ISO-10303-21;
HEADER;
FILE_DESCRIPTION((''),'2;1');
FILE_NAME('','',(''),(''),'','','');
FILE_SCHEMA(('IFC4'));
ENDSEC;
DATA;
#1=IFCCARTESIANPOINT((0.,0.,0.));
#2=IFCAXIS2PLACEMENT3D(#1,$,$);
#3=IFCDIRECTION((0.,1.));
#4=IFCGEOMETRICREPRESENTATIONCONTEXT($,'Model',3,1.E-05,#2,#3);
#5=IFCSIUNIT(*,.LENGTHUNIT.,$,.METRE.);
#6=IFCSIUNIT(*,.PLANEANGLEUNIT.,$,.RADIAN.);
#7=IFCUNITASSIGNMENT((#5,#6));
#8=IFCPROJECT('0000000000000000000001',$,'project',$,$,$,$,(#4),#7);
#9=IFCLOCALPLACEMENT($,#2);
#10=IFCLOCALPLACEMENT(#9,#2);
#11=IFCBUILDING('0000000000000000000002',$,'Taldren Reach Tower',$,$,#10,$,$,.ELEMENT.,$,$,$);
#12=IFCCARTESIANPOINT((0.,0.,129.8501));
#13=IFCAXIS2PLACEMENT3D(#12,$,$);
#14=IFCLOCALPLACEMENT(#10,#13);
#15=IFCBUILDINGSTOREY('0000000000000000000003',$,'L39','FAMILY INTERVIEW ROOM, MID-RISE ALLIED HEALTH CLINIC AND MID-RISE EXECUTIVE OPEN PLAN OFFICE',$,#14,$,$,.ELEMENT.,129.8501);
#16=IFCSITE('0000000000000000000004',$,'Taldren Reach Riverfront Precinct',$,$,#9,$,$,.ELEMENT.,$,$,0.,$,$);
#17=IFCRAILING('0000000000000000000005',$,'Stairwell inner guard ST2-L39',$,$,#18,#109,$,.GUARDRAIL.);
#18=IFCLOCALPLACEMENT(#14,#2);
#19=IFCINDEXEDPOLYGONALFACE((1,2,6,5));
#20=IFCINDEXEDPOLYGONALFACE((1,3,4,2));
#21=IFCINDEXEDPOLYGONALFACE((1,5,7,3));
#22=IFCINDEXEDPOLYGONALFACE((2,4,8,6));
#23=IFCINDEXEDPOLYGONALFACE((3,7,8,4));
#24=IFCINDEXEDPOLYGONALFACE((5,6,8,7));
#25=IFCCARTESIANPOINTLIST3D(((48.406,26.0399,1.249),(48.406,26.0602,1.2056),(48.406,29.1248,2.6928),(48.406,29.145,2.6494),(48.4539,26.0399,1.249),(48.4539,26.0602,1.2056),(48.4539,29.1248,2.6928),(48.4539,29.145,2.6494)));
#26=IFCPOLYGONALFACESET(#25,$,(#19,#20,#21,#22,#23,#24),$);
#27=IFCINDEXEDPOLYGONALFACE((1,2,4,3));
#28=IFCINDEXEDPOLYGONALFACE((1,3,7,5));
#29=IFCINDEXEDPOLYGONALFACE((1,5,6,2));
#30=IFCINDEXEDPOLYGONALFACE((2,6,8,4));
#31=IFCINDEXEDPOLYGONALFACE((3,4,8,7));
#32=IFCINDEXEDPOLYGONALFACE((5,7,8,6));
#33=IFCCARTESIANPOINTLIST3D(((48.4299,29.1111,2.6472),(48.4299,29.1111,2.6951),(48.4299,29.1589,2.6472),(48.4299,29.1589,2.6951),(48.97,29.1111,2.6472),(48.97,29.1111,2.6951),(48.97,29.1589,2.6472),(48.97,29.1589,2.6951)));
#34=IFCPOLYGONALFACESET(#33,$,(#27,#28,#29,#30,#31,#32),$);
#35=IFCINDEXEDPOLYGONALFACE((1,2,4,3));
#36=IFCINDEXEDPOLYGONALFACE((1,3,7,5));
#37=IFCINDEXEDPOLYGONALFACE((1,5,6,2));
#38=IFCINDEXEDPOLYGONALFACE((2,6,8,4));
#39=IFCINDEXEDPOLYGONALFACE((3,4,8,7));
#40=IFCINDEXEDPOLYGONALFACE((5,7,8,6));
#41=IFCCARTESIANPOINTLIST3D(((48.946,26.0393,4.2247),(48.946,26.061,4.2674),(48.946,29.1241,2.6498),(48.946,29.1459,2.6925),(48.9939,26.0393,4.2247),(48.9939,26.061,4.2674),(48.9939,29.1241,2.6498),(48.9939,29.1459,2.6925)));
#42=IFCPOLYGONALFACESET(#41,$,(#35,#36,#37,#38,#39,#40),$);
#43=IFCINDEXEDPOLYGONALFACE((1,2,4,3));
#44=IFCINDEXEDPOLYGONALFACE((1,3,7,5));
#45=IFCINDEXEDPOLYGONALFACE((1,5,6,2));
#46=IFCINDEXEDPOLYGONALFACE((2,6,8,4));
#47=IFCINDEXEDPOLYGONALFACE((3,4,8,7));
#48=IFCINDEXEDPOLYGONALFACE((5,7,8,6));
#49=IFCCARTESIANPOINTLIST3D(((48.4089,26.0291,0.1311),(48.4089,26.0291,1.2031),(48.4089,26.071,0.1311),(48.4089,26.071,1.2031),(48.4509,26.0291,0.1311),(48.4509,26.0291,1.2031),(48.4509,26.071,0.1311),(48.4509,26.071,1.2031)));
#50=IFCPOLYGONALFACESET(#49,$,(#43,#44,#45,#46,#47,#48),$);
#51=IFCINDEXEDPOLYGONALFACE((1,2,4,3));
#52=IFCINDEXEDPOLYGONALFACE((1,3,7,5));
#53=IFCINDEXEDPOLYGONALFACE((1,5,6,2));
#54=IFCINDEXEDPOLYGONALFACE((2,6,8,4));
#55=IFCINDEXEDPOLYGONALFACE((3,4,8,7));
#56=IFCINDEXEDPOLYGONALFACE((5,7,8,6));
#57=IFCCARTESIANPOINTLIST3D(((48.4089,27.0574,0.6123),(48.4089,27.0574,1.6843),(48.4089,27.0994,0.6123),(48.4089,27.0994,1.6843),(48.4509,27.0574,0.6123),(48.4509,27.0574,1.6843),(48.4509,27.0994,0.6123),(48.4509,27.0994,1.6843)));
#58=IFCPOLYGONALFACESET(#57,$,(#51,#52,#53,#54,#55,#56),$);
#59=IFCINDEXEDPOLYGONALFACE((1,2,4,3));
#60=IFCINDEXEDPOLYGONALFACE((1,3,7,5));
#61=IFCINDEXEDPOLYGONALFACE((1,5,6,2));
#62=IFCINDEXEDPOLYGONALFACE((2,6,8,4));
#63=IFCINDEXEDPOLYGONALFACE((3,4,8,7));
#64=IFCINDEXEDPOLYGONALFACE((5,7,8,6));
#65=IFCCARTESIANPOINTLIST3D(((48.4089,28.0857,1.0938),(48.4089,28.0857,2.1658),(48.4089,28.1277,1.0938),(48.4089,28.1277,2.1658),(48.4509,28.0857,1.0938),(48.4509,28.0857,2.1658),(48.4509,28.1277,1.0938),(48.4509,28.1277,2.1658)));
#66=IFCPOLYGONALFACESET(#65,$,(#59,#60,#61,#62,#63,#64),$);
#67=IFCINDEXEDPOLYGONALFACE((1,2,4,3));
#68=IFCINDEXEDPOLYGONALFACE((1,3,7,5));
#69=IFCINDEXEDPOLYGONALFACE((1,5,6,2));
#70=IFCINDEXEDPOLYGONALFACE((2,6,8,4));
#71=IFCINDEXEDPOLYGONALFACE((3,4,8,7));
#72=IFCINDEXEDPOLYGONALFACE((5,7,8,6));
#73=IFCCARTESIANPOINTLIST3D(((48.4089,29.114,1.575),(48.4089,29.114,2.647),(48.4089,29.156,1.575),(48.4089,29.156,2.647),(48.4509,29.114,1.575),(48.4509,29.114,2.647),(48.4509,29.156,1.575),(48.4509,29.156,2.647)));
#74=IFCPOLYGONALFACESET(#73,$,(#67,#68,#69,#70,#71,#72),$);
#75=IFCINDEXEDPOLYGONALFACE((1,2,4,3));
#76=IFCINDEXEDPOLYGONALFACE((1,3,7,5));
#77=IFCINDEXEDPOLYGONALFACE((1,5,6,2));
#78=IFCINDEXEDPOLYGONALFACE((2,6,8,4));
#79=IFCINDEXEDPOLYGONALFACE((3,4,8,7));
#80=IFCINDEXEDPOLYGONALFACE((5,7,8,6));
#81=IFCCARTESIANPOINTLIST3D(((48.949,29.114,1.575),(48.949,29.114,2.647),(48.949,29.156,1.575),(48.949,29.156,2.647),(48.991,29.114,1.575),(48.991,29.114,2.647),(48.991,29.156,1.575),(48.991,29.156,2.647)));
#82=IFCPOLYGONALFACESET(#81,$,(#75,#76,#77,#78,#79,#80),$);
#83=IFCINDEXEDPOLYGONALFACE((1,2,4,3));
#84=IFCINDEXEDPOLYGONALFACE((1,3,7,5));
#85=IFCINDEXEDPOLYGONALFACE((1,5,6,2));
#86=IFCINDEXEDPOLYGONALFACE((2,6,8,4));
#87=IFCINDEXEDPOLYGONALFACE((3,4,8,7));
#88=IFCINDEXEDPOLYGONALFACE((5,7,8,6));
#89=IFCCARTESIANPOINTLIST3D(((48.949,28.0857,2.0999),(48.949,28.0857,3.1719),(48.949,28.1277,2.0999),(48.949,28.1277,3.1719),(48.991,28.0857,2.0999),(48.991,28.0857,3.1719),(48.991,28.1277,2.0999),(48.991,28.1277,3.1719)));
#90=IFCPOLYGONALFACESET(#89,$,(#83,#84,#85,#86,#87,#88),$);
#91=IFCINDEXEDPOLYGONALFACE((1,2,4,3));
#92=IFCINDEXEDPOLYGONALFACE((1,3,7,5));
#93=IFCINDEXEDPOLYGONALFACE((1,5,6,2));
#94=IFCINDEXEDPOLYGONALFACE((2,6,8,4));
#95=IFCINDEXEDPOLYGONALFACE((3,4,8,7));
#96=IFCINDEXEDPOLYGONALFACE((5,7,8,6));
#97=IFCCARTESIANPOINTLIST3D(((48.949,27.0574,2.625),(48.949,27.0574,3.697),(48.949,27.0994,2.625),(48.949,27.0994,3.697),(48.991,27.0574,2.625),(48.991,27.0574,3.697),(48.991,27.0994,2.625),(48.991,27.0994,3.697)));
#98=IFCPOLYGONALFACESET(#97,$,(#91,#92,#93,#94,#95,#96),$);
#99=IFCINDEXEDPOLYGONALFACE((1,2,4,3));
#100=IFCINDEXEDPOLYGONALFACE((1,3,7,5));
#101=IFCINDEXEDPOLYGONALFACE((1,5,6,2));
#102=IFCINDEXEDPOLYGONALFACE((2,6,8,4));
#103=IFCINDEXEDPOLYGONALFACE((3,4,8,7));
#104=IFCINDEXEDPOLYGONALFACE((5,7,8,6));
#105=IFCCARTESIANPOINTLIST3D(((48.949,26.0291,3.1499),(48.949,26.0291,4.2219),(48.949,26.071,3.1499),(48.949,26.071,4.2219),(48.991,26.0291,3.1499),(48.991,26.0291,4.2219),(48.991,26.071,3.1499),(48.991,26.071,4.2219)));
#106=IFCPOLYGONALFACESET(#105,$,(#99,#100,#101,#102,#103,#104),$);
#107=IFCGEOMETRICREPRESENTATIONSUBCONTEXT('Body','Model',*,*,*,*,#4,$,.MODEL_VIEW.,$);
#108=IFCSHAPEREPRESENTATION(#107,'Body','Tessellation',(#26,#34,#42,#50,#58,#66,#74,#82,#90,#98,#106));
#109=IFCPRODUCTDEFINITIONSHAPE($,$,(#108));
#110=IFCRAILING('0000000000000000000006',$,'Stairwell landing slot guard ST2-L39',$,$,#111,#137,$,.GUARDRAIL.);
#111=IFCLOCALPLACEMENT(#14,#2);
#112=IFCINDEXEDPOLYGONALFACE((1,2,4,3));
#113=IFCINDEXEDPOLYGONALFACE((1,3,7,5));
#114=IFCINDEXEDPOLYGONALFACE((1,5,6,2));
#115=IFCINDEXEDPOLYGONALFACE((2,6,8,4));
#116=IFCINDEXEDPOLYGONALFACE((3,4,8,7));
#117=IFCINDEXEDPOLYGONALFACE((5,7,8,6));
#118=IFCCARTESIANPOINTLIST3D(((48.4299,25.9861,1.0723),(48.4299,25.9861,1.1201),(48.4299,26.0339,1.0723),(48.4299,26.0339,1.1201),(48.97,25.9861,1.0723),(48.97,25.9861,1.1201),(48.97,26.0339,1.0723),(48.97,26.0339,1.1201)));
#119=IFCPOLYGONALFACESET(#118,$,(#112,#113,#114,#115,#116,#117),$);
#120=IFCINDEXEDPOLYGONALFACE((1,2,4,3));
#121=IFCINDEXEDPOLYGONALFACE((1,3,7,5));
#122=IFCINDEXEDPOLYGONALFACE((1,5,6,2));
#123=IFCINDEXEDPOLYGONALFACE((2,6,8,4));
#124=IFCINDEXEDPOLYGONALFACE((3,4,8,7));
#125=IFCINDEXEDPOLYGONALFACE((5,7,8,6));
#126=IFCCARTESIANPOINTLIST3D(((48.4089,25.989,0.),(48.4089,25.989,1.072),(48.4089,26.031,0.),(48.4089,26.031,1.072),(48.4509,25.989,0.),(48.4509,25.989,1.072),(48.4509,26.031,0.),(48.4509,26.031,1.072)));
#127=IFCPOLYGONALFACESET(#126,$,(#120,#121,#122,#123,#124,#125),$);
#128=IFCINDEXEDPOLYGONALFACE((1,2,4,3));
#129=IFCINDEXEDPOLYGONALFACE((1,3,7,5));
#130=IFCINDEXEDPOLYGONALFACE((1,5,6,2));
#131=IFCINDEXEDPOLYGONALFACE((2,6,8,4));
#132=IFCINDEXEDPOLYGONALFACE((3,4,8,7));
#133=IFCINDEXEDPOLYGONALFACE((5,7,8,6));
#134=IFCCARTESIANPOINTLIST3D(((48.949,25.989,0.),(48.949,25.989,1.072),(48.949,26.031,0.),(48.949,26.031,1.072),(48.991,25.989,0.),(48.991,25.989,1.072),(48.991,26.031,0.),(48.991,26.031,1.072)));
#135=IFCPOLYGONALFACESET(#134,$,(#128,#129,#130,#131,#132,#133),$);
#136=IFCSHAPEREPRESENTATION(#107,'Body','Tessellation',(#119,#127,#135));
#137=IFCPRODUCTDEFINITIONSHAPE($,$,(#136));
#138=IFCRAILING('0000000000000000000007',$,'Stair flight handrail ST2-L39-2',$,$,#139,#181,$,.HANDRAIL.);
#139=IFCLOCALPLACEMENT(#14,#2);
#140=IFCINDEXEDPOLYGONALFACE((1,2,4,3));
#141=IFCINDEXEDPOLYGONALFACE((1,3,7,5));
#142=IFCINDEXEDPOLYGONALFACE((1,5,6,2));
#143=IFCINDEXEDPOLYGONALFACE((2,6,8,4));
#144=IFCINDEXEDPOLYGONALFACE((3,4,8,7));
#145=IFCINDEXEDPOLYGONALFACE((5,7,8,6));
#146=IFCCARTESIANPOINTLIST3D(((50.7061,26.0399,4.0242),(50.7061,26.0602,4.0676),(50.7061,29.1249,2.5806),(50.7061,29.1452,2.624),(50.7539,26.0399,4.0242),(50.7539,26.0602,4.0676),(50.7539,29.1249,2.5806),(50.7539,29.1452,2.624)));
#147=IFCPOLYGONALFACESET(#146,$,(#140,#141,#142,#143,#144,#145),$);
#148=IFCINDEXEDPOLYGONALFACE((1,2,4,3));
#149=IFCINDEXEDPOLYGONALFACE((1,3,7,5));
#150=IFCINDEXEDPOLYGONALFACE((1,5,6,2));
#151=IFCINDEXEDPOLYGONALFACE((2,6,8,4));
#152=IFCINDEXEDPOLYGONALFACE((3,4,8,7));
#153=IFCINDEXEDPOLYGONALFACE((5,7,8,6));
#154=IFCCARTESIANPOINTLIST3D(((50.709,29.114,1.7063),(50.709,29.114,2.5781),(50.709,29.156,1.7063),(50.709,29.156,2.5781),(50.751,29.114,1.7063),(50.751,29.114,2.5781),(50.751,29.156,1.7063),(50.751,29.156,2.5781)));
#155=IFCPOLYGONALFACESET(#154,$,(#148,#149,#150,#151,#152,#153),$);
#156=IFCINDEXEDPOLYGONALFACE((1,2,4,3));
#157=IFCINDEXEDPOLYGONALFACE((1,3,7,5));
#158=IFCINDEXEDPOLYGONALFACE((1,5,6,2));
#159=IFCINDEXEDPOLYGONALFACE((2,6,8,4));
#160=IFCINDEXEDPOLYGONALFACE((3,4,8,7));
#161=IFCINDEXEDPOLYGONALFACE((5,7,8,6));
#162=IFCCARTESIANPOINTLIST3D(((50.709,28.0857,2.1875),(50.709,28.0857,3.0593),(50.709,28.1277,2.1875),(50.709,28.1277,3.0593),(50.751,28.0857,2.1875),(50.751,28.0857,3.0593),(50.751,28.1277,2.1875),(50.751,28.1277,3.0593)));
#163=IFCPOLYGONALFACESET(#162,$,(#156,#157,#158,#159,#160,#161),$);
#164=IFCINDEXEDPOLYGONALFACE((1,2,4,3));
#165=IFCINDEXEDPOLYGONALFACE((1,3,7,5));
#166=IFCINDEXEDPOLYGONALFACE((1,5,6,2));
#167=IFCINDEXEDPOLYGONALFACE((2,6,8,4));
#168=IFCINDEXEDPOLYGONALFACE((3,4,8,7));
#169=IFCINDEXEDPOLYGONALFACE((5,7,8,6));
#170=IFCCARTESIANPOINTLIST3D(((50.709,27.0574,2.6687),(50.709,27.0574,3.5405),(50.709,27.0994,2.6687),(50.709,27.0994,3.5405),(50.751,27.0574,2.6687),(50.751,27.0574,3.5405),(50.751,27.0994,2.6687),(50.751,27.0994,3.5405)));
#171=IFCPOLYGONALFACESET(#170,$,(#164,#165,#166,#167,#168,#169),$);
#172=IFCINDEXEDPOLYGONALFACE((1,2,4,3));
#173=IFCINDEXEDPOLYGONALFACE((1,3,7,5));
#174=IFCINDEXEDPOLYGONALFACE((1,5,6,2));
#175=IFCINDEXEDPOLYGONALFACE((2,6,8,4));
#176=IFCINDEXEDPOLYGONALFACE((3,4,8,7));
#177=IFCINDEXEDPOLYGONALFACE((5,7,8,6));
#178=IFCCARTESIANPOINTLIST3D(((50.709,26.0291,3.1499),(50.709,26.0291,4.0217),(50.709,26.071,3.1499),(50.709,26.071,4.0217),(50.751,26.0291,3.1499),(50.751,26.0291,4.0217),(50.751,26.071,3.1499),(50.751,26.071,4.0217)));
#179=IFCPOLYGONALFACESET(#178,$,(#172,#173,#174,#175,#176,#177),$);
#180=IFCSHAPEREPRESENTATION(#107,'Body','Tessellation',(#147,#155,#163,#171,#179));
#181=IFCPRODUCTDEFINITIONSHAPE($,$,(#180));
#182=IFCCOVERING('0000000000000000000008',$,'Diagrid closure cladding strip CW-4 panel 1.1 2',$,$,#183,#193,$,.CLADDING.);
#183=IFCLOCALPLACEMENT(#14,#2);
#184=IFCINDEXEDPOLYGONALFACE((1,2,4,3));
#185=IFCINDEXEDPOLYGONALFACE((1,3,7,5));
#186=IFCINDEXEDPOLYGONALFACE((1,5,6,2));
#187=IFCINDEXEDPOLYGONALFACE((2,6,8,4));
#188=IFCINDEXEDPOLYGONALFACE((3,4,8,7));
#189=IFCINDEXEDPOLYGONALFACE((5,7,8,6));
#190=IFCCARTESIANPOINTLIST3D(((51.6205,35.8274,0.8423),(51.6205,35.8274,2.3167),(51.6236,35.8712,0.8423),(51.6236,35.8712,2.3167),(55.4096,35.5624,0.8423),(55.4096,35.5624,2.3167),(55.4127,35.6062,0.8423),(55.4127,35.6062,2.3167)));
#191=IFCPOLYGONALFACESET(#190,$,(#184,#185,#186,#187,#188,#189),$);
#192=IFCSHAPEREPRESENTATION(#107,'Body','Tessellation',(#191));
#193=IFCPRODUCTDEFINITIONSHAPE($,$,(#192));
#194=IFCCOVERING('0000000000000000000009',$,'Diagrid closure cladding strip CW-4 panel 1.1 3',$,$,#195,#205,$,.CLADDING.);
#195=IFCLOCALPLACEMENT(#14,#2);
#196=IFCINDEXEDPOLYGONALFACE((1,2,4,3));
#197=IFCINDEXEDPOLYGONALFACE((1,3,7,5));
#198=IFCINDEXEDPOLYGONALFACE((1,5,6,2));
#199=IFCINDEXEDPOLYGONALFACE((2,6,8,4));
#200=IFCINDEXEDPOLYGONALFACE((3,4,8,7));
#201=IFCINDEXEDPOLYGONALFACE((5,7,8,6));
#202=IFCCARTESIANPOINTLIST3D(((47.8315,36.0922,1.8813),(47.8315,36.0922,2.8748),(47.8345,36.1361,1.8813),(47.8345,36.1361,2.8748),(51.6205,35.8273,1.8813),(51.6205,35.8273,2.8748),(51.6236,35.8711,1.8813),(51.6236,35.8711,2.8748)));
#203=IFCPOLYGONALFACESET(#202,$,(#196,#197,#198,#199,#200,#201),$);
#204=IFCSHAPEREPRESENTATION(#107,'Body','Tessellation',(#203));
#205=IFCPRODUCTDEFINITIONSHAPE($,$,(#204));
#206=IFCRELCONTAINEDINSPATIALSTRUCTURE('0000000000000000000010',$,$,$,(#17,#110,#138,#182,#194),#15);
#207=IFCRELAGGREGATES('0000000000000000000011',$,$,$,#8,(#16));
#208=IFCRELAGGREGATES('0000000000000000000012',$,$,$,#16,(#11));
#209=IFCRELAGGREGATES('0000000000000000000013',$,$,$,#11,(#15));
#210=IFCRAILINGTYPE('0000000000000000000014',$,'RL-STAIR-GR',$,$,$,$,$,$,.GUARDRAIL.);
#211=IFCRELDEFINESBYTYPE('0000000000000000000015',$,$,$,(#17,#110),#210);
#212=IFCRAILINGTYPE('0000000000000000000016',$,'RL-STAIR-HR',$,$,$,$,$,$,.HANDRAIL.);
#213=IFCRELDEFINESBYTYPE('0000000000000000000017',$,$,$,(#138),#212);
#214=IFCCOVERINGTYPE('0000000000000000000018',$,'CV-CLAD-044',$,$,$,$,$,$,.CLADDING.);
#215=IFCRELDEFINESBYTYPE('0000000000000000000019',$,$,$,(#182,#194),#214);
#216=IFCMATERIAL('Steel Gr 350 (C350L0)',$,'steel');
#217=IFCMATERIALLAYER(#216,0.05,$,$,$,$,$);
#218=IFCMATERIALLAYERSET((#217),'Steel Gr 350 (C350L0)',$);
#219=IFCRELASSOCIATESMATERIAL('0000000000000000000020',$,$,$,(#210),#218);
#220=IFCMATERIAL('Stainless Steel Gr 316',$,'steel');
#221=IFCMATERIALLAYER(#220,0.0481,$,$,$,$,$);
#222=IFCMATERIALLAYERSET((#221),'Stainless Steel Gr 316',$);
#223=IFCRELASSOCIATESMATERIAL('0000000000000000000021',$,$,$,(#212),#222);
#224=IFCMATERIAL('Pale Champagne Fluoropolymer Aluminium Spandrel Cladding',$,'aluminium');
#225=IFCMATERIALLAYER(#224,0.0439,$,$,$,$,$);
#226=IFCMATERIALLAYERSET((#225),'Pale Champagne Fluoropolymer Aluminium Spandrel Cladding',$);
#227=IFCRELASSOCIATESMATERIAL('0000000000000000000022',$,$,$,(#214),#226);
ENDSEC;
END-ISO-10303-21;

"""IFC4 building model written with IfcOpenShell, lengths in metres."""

from ifc_helpers import new_model, si_unit, direction, frame, origin, origin_2d, place, context, subcontext, project, spatial, rectangle, extrude, source, transform, mapped, material, layer, layer_set, type_object, element, save


model = new_model("IFC4")

# Units and contexts
model_context = context("Model", 3, precision=1e-05, world=origin(), true_north=direction((0.0, 1.0)))
body_context = subcontext(model_context, "Body", "Model", "MODEL_VIEW")
ifc_project = project(units=[si_unit("LENGTHUNIT", "METRE"), si_unit("PLANEANGLEUNIT", "RADIAN")], contexts=[model_context])

# Site, building, storey
site_placement = place(None, origin())
site = spatial("IfcSite", under=ifc_project, at=site_placement, Name="Taldren Reach Riverfront Precinct", CompositionType="ELEMENT", RefElevation=0.0)
building_placement = place(site_placement, origin())
building = spatial("IfcBuilding", under=site, at=building_placement, Name="Taldren Reach Tower", CompositionType="ELEMENT")
storey_placement = place(building_placement, frame((0.0, 0.0, 129.8501)))
storey = spatial("IfcBuildingStorey", under=building, at=storey_placement, Name="L39", Description="FAMILY INTERVIEW ROOM, MID-RISE ALLIED HEALTH CLINIC AND MID-RISE EXECUTIVE OPEN PLAN OFFICE", CompositionType="ELEMENT", Elevation=129.8501)

# Shared definitions
ifc_material_1 = material(Name="Steel Gr 350 (C350L0)", Category="steel")

# Railings
ifc_layer_1 = layer(ifc_material_1, 0.05)
ifc_layer_set_1 = layer_set([ifc_layer_1], Name="Steel Gr 350 (C350L0)")
railing_type_1 = type_object("IfcRailingType", Name="RL-STAIR-GR", PredefinedType="GUARDRAIL", material=ifc_layer_set_1)
railing_1_placement = place(storey_placement, frame((48.4299, 26.05, 0.1311)))
element("IfcRailing", 1, at=railing_1_placement, inside=storey, type_object=railing_type_1, Name="Stairwell inner guard ST2-L39", PredefinedType="GUARDRAIL", context=body_context, shape_type="SweptSolid", body=[
    extrude(rectangle(XDim=0.0479, YDim=0.0479, at=origin_2d()), frame((0.0, 0.0, 1.0962), z_axis=(0.0, 0.90571, 0.423898), x_axis=(-1.0, 0.0, 0.0)), (0.0, 0.0, 1.0), 3.406),
    extrude(rectangle(XDim=0.0479, YDim=0.0479, at=origin_2d()), frame((0.0, 3.085, 2.54), z_axis=(1.0, 0.0, 0.0), x_axis=(0.0, 1.0, 0.0)), (0.0, 0.0, 1.0), 0.54),
    extrude(rectangle(XDim=0.0479, YDim=0.0479, at=origin_2d()), frame((0.54, 3.085, 2.54), z_axis=(0.0, -0.890646, 0.454697), x_axis=(1.0, 0.0, 0.0)), (0.0, 0.0, 1.0), 3.4636),
    extrude(rectangle(XDim=0.042, YDim=0.042, at=origin_2d()), origin(), (0.0, 0.0, 1.0), 1.072),
    extrude(rectangle(XDim=0.042, YDim=0.042, at=origin_2d()), frame((0.0, 1.0283, 0.4812)), (0.0, 0.0, 1.0), 1.072),
    extrude(rectangle(XDim=0.042, YDim=0.042, at=origin_2d()), frame((0.0, 2.0566, 0.9626)), (0.0, 0.0, 1.0), 1.072),
    extrude(rectangle(XDim=0.042, YDim=0.042, at=origin_2d()), frame((0.0, 3.085, 1.4438)), (0.0, 0.0, 1.0), 1.072),
    extrude(rectangle(XDim=0.042, YDim=0.042, at=origin_2d()), frame((0.54, 3.085, 1.4438)), (0.0, 0.0, 1.0), 1.072),
    extrude(rectangle(XDim=0.042, YDim=0.042, at=origin_2d()), frame((0.54, 2.0566, 1.9688)), (0.0, 0.0, 1.0), 1.072),
    extrude(rectangle(XDim=0.042, YDim=0.042, at=origin_2d()), frame((0.54, 1.0283, 2.4939)), (0.0, 0.0, 1.0), 1.072),
    extrude(rectangle(XDim=0.042, YDim=0.042, at=origin_2d()), frame((0.54, 0.0, 3.0188)), (0.0, 0.0, 1.0), 1.072),
])
railing_2_placement = place(storey_placement, frame((48.4299, 26.01, 0.0)))
element("IfcRailing", 2, at=railing_2_placement, inside=storey, type_object=railing_type_1, Name="Stairwell landing slot guard ST2-L39", PredefinedType="GUARDRAIL", context=body_context, shape_type="SweptSolid", body=[
    extrude(rectangle(XDim=0.0479, YDim=0.0479, at=origin_2d()), frame((0.0, 0.0, 1.0962), z_axis=(1.0, 0.0, 0.0), x_axis=(0.0, 1.0, 0.0)), (0.0, 0.0, 1.0), 0.54),
    extrude(rectangle(XDim=0.042, YDim=0.042, at=origin_2d()), origin(), (0.0, 0.0, 1.0), 1.072),
    extrude(rectangle(XDim=0.042, YDim=0.042, at=origin_2d()), frame((0.54, 0.0, 0.0)), (0.0, 0.0, 1.0), 1.072),
])
ifc_material_2 = material(Name="Stainless Steel Gr 316", Category="steel")
ifc_layer_2 = layer(ifc_material_2, 0.0481)
ifc_layer_set_2 = layer_set([ifc_layer_2], Name="Stainless Steel Gr 316")
railing_type_2 = type_object("IfcRailingType", Name="RL-STAIR-HR", PredefinedType="HANDRAIL", material=ifc_layer_set_2)
railing_3_placement = place(storey_placement, frame((50.73, 29.135, 1.7063)))
element("IfcRailing", 3, at=railing_3_placement, inside=storey, type_object=railing_type_2, Name="Stair flight handrail ST2-L39-2", PredefinedType="HANDRAIL", context=body_context, shape_type="SweptSolid", body=[
    extrude(rectangle(XDim=0.0479, YDim=0.0479, at=origin_2d()), frame((0.0, 0.0, 0.896), z_axis=(0.0, -0.905738, 0.423839), x_axis=(1.0, 0.0, 0.0)), (0.0, 0.0, 1.0), 3.406),
    extrude(rectangle(XDim=0.042, YDim=0.042, at=origin_2d()), origin(), (0.0, 0.0, 1.0), 0.8718),
    extrude(rectangle(XDim=0.042, YDim=0.042, at=origin_2d()), frame((0.0, -1.0283, 0.4812)), (0.0, 0.0, 1.0), 0.8718),
    extrude(rectangle(XDim=0.042, YDim=0.042, at=origin_2d()), frame((0.0, -2.0566, 0.9624)), (0.0, 0.0, 1.0), 0.8718),
    extrude(rectangle(XDim=0.042, YDim=0.042, at=origin_2d()), frame((0.0, -3.085, 1.4436)), (0.0, 0.0, 1.0), 0.8718),
])

# Coverings
ifc_material_3 = material(Name="Pale Champagne Fluoropolymer Aluminium Spandrel Cladding", Category="aluminium")
ifc_layer_3 = layer(ifc_material_3, 0.0439)
ifc_layer_set_3 = layer_set([ifc_layer_3], Name="Pale Champagne Fluoropolymer Aluminium Spandrel Cladding")
covering_type = type_object("IfcCoveringType", Name="CV-CLAD-044", PredefinedType="CLADDING", material=ifc_layer_set_3)
shared_shape_1 = source(origin(), body_context, "Body", "SweptSolid", [
    extrude(rectangle(XDim=3.7983, YDim=0.0439, at=origin_2d()), origin(), (0.0, 0.0, 1.0), 1.4744),
])
covering_1_placement = place(storey_placement, frame((53.5166, 35.7168, 0.8423), z_axis=(0.0, 0.0, 1.0), x_axis=(-0.997564, 0.069757, 0.0)))
element("IfcCovering", 4, at=covering_1_placement, inside=storey, type_object=covering_type, Name="Diagrid closure cladding strip CW-4 panel 1.1 2", PredefinedType="CLADDING", context=body_context, shape_type="MappedRepresentation", body=[
    mapped(shared_shape_1, transform((0.0, 0.0, 0.0), scale=1.0)),
])
shared_shape_2 = source(origin(), body_context, "Body", "SweptSolid", [
    extrude(rectangle(XDim=3.7983, YDim=0.0439, at=origin_2d()), origin(), (0.0, 0.0, 1.0), 0.9934),
])
covering_2_placement = place(storey_placement, frame((49.7275, 35.9817, 1.8813), z_axis=(0.0, 0.0, 1.0), x_axis=(-0.997564, 0.069757, 0.0)))
element("IfcCovering", 5, at=covering_2_placement, inside=storey, type_object=covering_type, Name="Diagrid closure cladding strip CW-4 panel 1.1 3", PredefinedType="CLADDING", context=body_context, shape_type="MappedRepresentation", body=[
    mapped(shared_shape_2, transform((0.0, 0.0, 0.0), scale=1.0)),
])

save(model, "model.ifc")
